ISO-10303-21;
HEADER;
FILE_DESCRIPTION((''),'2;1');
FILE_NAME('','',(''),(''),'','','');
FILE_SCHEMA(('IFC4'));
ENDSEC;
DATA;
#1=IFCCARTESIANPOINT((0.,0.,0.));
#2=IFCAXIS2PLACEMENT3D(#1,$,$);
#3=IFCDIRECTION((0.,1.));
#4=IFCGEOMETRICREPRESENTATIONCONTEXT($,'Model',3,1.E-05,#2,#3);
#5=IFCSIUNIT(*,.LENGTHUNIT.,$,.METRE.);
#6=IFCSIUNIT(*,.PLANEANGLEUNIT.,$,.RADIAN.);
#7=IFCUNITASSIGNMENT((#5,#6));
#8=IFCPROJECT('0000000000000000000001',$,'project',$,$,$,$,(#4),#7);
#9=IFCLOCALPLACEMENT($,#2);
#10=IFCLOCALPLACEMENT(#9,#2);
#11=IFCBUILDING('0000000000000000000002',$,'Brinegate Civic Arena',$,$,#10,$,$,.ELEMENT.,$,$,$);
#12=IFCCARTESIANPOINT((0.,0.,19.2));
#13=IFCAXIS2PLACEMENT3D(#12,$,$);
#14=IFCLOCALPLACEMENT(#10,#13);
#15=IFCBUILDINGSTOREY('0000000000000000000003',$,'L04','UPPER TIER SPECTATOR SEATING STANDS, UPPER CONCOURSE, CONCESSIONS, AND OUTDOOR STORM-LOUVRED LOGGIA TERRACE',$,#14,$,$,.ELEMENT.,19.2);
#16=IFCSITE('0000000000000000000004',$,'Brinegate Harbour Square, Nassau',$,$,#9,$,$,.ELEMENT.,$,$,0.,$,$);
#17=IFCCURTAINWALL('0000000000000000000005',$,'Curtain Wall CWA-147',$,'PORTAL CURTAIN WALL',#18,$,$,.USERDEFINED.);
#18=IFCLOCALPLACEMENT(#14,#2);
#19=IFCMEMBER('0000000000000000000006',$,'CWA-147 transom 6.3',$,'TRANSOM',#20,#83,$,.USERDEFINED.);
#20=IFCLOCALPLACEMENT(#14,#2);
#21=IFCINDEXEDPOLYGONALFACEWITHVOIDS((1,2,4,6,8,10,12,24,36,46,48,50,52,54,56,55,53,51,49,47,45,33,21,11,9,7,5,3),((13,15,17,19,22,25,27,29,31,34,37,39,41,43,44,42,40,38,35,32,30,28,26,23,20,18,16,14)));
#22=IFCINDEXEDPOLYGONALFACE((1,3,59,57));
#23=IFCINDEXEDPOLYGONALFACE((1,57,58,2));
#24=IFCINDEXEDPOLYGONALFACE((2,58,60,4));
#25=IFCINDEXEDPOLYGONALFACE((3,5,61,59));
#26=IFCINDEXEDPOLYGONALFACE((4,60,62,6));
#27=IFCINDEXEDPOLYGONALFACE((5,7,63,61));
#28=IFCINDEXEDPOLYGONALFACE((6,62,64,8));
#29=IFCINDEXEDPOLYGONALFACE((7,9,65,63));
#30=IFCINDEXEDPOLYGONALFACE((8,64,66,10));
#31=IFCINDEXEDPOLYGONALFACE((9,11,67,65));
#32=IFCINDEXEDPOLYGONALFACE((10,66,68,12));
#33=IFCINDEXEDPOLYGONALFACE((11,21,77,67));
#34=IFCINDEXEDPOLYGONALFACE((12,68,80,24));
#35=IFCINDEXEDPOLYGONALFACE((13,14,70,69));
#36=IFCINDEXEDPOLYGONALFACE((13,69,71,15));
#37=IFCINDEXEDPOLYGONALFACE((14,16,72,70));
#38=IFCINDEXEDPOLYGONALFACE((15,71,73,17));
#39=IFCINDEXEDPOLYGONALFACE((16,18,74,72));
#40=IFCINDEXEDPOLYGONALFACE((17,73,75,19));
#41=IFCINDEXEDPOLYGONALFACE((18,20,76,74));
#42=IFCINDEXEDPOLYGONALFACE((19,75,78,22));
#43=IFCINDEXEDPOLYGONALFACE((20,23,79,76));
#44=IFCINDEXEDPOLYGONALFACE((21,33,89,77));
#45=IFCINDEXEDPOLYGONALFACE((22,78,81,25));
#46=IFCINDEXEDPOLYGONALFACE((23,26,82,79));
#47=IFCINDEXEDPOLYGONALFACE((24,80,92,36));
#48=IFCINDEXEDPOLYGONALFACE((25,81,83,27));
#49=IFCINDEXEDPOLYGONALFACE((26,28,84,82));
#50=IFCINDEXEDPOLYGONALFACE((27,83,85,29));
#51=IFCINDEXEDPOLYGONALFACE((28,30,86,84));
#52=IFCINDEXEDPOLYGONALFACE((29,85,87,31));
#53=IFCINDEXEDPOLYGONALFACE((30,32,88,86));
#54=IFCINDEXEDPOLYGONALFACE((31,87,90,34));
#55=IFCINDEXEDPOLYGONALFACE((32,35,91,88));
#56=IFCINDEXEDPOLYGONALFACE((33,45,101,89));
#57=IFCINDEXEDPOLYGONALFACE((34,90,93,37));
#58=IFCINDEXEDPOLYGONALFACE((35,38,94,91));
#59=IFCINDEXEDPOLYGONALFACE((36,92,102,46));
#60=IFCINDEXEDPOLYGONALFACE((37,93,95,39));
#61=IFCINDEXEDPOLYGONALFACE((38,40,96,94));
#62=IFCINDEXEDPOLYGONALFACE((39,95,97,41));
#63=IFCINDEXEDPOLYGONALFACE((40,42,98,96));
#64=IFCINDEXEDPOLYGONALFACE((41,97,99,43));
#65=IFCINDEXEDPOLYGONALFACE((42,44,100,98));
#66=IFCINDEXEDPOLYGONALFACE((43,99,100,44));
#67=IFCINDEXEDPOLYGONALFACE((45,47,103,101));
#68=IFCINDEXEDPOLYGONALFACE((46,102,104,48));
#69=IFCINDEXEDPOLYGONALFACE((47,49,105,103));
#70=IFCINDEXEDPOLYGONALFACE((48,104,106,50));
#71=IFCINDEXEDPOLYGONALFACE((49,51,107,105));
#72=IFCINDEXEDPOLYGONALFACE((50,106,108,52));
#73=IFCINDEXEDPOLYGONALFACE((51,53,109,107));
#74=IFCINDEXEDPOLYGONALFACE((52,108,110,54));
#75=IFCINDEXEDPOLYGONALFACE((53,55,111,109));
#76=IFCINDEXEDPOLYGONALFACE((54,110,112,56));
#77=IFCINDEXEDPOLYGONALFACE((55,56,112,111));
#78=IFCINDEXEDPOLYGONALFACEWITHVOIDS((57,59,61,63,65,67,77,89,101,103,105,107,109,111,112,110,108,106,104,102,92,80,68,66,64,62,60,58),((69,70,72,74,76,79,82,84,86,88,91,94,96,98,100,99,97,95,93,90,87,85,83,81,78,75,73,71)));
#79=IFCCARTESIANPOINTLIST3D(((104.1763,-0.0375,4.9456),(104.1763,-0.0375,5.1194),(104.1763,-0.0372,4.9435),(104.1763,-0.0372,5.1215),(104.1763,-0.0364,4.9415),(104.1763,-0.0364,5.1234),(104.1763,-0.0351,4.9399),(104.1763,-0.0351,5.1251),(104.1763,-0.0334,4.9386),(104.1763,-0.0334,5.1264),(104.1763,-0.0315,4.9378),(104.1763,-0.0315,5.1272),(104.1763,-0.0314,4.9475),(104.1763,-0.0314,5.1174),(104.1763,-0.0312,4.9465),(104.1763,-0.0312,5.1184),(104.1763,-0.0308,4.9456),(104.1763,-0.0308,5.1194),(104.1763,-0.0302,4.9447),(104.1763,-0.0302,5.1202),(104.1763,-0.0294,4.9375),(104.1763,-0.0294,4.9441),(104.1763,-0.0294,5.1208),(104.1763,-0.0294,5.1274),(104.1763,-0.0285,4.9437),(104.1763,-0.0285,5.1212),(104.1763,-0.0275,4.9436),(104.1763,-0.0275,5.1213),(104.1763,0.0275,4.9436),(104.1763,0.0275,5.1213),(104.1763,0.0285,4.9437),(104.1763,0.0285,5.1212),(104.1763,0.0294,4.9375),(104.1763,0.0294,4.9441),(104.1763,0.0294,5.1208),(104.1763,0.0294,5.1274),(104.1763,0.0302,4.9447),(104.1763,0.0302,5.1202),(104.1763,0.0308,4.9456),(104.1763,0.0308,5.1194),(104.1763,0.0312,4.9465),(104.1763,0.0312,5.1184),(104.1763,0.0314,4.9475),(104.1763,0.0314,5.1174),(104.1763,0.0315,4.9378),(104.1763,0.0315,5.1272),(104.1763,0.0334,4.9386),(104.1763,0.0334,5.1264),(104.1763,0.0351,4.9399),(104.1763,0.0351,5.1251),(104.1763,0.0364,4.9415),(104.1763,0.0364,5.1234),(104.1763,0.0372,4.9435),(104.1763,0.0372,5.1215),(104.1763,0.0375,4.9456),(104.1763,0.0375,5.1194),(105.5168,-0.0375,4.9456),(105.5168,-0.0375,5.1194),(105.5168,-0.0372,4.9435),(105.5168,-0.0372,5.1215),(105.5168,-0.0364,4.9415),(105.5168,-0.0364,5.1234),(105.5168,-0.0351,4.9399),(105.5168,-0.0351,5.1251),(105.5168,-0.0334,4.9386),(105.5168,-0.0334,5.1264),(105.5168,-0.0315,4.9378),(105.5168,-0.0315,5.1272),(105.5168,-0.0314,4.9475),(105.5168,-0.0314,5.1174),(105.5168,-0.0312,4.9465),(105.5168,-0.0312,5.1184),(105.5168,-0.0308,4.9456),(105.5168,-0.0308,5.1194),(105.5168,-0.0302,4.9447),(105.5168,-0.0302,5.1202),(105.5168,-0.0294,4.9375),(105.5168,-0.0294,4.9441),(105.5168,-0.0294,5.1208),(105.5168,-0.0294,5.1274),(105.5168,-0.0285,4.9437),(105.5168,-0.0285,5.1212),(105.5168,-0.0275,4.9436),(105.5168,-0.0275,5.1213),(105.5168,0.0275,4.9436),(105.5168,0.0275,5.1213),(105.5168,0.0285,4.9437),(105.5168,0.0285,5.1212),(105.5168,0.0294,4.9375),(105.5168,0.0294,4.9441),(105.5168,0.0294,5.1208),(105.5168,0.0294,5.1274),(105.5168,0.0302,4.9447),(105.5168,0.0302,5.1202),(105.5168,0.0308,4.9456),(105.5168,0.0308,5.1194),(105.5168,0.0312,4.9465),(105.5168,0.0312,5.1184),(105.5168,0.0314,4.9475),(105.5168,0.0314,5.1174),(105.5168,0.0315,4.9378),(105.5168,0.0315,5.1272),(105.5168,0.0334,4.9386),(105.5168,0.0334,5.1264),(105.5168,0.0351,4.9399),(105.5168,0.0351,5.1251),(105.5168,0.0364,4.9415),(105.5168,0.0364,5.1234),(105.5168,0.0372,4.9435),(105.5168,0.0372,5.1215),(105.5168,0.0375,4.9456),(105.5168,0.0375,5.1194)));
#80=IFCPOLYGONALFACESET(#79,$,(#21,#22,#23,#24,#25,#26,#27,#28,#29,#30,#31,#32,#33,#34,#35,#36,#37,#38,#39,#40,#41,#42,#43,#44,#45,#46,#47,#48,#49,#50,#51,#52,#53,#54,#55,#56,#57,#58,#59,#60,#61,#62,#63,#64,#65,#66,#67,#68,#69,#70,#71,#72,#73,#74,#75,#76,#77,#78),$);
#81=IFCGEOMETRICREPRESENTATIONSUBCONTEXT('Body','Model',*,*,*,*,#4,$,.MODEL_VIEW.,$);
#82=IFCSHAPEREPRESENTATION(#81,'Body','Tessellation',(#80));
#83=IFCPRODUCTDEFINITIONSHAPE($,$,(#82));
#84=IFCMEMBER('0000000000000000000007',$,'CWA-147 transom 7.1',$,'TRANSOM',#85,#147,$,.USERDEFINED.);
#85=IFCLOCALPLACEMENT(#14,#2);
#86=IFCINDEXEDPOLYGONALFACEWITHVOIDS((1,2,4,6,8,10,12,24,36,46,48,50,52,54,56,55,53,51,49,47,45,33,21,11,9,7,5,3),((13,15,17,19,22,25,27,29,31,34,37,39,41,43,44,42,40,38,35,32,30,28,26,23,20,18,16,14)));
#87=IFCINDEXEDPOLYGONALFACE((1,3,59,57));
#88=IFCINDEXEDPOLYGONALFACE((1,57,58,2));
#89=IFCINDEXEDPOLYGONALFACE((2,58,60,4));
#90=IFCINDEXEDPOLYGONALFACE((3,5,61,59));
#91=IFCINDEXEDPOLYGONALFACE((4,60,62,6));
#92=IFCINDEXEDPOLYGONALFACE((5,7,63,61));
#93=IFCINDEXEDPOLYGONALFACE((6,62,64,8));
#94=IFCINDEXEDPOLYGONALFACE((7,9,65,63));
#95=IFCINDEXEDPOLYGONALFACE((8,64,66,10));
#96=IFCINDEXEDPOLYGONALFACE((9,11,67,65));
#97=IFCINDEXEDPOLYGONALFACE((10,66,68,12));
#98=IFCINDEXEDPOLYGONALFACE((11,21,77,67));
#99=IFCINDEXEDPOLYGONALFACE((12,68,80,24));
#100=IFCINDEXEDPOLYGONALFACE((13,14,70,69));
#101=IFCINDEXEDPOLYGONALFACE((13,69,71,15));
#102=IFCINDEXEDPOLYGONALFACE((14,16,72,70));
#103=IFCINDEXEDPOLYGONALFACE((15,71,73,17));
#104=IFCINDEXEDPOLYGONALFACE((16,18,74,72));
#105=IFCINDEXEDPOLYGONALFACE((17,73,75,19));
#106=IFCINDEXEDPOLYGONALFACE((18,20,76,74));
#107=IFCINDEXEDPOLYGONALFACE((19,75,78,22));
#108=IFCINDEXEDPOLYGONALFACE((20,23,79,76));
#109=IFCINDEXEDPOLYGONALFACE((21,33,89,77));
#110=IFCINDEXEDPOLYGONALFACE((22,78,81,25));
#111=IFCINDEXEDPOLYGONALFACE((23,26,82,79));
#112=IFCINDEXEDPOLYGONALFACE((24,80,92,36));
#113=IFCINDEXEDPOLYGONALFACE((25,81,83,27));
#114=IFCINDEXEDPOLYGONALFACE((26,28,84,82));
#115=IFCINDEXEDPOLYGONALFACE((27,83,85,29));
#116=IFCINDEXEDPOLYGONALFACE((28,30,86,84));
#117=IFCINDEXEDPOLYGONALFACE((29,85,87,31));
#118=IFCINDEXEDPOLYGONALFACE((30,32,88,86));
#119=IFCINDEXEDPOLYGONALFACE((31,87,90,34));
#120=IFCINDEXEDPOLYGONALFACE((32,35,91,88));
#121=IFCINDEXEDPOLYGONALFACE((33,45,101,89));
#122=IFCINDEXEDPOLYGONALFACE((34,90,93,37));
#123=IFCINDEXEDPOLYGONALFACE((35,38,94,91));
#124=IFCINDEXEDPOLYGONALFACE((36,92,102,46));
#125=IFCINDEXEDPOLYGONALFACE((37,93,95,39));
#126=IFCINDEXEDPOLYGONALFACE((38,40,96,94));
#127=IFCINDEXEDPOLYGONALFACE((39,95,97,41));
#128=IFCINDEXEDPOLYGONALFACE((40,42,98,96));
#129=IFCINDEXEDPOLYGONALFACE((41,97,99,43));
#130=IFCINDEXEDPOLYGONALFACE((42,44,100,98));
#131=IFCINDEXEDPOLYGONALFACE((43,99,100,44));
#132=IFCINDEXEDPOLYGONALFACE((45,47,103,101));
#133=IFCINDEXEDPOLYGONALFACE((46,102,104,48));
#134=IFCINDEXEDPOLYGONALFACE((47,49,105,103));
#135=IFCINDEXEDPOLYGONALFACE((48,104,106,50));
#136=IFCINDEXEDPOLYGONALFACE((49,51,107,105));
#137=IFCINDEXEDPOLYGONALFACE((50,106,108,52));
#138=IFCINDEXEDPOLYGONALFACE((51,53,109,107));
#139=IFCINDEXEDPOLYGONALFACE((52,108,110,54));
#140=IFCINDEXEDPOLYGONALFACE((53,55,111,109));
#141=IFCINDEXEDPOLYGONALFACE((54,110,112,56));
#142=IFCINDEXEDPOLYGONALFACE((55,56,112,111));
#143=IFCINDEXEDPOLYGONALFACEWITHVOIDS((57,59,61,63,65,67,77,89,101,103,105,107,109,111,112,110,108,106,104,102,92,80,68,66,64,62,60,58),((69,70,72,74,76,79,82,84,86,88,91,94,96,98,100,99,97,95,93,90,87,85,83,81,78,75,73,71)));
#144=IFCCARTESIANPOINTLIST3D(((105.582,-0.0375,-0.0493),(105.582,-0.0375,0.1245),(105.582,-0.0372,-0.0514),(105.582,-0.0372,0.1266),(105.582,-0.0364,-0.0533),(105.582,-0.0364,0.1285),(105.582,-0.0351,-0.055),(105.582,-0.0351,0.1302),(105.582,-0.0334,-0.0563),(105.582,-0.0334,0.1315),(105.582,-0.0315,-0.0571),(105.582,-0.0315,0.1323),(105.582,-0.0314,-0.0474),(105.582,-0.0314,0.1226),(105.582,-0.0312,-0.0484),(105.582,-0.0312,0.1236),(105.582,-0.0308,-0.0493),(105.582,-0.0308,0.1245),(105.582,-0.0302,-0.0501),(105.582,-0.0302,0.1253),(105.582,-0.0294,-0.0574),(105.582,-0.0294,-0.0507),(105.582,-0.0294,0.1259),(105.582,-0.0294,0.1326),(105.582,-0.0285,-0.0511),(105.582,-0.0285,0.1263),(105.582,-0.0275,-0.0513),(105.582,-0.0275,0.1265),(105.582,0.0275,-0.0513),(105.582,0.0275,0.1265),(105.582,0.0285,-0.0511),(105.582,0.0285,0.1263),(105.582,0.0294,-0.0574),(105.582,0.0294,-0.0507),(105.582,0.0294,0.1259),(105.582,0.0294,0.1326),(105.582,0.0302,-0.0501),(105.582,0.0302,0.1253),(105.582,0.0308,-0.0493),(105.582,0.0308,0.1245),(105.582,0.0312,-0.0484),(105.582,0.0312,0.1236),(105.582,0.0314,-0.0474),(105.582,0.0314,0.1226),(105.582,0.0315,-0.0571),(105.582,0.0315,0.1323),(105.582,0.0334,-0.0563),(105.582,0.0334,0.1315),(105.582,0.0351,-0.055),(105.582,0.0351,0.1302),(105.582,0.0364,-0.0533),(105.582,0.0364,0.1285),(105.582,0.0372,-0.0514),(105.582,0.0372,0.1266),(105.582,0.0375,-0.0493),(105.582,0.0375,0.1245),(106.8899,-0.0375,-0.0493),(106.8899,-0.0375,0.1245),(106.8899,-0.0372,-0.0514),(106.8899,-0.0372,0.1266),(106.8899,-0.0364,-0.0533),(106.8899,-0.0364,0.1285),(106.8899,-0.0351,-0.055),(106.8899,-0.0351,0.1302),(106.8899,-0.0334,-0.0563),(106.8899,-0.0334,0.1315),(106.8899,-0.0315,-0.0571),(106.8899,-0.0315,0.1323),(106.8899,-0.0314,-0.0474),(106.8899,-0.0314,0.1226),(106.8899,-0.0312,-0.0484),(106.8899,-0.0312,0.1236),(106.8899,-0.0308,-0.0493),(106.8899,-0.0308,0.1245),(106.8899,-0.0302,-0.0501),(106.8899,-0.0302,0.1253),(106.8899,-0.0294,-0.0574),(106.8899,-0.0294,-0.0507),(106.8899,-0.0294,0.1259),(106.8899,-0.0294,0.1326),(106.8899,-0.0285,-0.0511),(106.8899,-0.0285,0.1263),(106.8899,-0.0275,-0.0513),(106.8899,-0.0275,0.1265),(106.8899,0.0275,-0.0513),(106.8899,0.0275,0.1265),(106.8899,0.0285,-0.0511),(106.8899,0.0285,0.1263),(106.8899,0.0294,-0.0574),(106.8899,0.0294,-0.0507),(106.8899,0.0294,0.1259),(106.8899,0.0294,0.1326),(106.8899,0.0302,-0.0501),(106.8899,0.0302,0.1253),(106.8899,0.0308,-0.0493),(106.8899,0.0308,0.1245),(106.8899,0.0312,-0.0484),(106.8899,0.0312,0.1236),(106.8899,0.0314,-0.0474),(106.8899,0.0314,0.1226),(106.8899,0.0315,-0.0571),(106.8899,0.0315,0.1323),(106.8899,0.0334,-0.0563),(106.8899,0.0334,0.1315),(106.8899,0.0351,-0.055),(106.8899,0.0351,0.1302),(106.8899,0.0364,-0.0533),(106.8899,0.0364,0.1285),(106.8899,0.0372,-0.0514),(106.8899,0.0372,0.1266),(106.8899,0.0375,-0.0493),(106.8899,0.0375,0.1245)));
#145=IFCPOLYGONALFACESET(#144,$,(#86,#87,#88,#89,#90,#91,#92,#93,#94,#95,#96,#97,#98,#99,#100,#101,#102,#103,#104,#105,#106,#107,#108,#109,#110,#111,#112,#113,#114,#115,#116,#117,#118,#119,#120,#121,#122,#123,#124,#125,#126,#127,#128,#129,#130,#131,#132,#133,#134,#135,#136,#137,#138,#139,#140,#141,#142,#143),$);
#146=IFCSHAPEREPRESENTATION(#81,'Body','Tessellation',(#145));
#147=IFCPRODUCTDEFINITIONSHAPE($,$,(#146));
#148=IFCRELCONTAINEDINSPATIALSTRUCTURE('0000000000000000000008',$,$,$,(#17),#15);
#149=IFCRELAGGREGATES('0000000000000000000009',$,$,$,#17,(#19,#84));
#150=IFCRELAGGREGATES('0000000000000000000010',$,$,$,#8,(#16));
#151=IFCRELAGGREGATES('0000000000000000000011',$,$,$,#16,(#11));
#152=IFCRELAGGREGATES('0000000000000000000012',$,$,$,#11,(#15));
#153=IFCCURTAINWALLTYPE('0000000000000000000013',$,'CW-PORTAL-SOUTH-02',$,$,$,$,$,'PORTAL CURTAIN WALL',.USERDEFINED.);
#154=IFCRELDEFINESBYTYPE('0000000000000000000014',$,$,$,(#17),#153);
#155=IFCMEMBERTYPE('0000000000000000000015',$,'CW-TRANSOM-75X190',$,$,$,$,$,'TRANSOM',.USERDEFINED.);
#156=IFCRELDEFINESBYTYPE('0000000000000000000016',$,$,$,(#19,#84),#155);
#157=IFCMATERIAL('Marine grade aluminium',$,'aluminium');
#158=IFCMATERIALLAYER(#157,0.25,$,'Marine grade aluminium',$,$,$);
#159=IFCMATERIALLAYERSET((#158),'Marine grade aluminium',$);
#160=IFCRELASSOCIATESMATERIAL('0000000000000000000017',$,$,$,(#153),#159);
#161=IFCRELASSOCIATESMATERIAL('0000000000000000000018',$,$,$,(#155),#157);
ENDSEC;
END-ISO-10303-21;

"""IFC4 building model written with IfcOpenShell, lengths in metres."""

from ifc_helpers import new_model, si_unit, direction, frame, origin, origin_2d, place, context, subcontext, project, spatial, hollow_rectangle, extrude, material, layer, layer_set, material_profile, profile_set, type_object, element, aggregate, save


model = new_model("IFC4")

# Units and contexts
model_context = context("Model", 3, precision=1e-05, world=origin(), true_north=direction((0.0, 1.0)))
body_context = subcontext(model_context, "Body", "Model", "MODEL_VIEW")
ifc_project = project(units=[si_unit("LENGTHUNIT", "METRE"), si_unit("PLANEANGLEUNIT", "RADIAN")], contexts=[model_context])

# Site, building, storey
site_placement = place(None, origin())
site = spatial("IfcSite", under=ifc_project, at=site_placement, Name="Brinegate Harbour Square, Nassau", CompositionType="ELEMENT", RefElevation=0.0)
building_placement = place(site_placement, origin())
building = spatial("IfcBuilding", under=site, at=building_placement, Name="Brinegate Civic Arena", CompositionType="ELEMENT")
storey_placement = place(building_placement, frame((0.0, 0.0, 19.2)))
storey = spatial("IfcBuildingStorey", under=building, at=storey_placement, Name="L04", Description="UPPER TIER SPECTATOR SEATING STANDS, UPPER CONCOURSE, CONCESSIONS, AND OUTDOOR STORM-LOUVRED LOGGIA TERRACE", CompositionType="ELEMENT", Elevation=19.2)

# Curtain wall, members
ifc_material_1 = material(Name="Marine grade aluminium", Category="aluminium")
ifc_layer_1 = layer(ifc_material_1, 0.25, Name="Marine grade aluminium")
ifc_layer_set_1 = layer_set([ifc_layer_1], Name="Marine grade aluminium")
curtain_wall_type = type_object("IfcCurtainWallType", Name="CW-PORTAL-SOUTH-02", ElementType="PORTAL CURTAIN WALL", PredefinedType="USERDEFINED", material=ifc_layer_set_1)
curtain_wall_placement = place(storey_placement, origin())
curtain_wall = element("IfcCurtainWall", 1, at=curtain_wall_placement, inside=storey, type_object=curtain_wall_type, Name="Curtain Wall CWA-147", ObjectType="PORTAL CURTAIN WALL", PredefinedType="USERDEFINED")
ifc_material_profile_1 = material_profile(ifc_material_1, hollow_rectangle(XDim=0.075, YDim=0.1899, WallThickness=0.0061, InnerFilletRadius=0.0039, OuterFilletRadius=0.0081, at=origin_2d()), Name="TRN75X190")
ifc_profile_set_1 = profile_set([ifc_material_profile_1], Name="Marine grade aluminium")
member_type_1 = type_object("IfcMemberType", Name="CW-TRANSOM-75X190", ElementType="TRANSOM", PredefinedType="USERDEFINED", material=ifc_profile_set_1)
member_1_placement = place(storey_placement, frame((104.1763, 0.0, 5.0325), z_axis=(1.0, 0.0, 0.0), x_axis=(0.0, 1.0, 0.0)))
member_1 = element("IfcMember", 2, at=member_1_placement, type_object=member_type_1, Name="CWA-147 transom 6.3", ObjectType="TRANSOM", PredefinedType="USERDEFINED", context=body_context, shape_type="SweptSolid", body=[
    extrude(hollow_rectangle(XDim=0.075, YDim=0.1899, WallThickness=0.0061, InnerFilletRadius=0.0039, OuterFilletRadius=0.0081, at=origin_2d()), origin(), (0.0, 0.0, 1.0), 1.3406),
])
member_2_placement = place(storey_placement, frame((105.582, 0.0, 0.0376), z_axis=(1.0, 0.0, 0.0), x_axis=(0.0, 1.0, 0.0)))
member_2 = element("IfcMember", 3, at=member_2_placement, type_object=member_type_1, Name="CWA-147 transom 7.1", ObjectType="TRANSOM", PredefinedType="USERDEFINED", context=body_context, shape_type="SweptSolid", body=[
    extrude(hollow_rectangle(XDim=0.075, YDim=0.1899, WallThickness=0.0061, InnerFilletRadius=0.0039, OuterFilletRadius=0.0081, at=origin_2d()), origin(), (0.0, 0.0, 1.0), 1.3079),
])

aggregate(curtain_wall, [member_1, member_2])

save(model, "model.ifc")
